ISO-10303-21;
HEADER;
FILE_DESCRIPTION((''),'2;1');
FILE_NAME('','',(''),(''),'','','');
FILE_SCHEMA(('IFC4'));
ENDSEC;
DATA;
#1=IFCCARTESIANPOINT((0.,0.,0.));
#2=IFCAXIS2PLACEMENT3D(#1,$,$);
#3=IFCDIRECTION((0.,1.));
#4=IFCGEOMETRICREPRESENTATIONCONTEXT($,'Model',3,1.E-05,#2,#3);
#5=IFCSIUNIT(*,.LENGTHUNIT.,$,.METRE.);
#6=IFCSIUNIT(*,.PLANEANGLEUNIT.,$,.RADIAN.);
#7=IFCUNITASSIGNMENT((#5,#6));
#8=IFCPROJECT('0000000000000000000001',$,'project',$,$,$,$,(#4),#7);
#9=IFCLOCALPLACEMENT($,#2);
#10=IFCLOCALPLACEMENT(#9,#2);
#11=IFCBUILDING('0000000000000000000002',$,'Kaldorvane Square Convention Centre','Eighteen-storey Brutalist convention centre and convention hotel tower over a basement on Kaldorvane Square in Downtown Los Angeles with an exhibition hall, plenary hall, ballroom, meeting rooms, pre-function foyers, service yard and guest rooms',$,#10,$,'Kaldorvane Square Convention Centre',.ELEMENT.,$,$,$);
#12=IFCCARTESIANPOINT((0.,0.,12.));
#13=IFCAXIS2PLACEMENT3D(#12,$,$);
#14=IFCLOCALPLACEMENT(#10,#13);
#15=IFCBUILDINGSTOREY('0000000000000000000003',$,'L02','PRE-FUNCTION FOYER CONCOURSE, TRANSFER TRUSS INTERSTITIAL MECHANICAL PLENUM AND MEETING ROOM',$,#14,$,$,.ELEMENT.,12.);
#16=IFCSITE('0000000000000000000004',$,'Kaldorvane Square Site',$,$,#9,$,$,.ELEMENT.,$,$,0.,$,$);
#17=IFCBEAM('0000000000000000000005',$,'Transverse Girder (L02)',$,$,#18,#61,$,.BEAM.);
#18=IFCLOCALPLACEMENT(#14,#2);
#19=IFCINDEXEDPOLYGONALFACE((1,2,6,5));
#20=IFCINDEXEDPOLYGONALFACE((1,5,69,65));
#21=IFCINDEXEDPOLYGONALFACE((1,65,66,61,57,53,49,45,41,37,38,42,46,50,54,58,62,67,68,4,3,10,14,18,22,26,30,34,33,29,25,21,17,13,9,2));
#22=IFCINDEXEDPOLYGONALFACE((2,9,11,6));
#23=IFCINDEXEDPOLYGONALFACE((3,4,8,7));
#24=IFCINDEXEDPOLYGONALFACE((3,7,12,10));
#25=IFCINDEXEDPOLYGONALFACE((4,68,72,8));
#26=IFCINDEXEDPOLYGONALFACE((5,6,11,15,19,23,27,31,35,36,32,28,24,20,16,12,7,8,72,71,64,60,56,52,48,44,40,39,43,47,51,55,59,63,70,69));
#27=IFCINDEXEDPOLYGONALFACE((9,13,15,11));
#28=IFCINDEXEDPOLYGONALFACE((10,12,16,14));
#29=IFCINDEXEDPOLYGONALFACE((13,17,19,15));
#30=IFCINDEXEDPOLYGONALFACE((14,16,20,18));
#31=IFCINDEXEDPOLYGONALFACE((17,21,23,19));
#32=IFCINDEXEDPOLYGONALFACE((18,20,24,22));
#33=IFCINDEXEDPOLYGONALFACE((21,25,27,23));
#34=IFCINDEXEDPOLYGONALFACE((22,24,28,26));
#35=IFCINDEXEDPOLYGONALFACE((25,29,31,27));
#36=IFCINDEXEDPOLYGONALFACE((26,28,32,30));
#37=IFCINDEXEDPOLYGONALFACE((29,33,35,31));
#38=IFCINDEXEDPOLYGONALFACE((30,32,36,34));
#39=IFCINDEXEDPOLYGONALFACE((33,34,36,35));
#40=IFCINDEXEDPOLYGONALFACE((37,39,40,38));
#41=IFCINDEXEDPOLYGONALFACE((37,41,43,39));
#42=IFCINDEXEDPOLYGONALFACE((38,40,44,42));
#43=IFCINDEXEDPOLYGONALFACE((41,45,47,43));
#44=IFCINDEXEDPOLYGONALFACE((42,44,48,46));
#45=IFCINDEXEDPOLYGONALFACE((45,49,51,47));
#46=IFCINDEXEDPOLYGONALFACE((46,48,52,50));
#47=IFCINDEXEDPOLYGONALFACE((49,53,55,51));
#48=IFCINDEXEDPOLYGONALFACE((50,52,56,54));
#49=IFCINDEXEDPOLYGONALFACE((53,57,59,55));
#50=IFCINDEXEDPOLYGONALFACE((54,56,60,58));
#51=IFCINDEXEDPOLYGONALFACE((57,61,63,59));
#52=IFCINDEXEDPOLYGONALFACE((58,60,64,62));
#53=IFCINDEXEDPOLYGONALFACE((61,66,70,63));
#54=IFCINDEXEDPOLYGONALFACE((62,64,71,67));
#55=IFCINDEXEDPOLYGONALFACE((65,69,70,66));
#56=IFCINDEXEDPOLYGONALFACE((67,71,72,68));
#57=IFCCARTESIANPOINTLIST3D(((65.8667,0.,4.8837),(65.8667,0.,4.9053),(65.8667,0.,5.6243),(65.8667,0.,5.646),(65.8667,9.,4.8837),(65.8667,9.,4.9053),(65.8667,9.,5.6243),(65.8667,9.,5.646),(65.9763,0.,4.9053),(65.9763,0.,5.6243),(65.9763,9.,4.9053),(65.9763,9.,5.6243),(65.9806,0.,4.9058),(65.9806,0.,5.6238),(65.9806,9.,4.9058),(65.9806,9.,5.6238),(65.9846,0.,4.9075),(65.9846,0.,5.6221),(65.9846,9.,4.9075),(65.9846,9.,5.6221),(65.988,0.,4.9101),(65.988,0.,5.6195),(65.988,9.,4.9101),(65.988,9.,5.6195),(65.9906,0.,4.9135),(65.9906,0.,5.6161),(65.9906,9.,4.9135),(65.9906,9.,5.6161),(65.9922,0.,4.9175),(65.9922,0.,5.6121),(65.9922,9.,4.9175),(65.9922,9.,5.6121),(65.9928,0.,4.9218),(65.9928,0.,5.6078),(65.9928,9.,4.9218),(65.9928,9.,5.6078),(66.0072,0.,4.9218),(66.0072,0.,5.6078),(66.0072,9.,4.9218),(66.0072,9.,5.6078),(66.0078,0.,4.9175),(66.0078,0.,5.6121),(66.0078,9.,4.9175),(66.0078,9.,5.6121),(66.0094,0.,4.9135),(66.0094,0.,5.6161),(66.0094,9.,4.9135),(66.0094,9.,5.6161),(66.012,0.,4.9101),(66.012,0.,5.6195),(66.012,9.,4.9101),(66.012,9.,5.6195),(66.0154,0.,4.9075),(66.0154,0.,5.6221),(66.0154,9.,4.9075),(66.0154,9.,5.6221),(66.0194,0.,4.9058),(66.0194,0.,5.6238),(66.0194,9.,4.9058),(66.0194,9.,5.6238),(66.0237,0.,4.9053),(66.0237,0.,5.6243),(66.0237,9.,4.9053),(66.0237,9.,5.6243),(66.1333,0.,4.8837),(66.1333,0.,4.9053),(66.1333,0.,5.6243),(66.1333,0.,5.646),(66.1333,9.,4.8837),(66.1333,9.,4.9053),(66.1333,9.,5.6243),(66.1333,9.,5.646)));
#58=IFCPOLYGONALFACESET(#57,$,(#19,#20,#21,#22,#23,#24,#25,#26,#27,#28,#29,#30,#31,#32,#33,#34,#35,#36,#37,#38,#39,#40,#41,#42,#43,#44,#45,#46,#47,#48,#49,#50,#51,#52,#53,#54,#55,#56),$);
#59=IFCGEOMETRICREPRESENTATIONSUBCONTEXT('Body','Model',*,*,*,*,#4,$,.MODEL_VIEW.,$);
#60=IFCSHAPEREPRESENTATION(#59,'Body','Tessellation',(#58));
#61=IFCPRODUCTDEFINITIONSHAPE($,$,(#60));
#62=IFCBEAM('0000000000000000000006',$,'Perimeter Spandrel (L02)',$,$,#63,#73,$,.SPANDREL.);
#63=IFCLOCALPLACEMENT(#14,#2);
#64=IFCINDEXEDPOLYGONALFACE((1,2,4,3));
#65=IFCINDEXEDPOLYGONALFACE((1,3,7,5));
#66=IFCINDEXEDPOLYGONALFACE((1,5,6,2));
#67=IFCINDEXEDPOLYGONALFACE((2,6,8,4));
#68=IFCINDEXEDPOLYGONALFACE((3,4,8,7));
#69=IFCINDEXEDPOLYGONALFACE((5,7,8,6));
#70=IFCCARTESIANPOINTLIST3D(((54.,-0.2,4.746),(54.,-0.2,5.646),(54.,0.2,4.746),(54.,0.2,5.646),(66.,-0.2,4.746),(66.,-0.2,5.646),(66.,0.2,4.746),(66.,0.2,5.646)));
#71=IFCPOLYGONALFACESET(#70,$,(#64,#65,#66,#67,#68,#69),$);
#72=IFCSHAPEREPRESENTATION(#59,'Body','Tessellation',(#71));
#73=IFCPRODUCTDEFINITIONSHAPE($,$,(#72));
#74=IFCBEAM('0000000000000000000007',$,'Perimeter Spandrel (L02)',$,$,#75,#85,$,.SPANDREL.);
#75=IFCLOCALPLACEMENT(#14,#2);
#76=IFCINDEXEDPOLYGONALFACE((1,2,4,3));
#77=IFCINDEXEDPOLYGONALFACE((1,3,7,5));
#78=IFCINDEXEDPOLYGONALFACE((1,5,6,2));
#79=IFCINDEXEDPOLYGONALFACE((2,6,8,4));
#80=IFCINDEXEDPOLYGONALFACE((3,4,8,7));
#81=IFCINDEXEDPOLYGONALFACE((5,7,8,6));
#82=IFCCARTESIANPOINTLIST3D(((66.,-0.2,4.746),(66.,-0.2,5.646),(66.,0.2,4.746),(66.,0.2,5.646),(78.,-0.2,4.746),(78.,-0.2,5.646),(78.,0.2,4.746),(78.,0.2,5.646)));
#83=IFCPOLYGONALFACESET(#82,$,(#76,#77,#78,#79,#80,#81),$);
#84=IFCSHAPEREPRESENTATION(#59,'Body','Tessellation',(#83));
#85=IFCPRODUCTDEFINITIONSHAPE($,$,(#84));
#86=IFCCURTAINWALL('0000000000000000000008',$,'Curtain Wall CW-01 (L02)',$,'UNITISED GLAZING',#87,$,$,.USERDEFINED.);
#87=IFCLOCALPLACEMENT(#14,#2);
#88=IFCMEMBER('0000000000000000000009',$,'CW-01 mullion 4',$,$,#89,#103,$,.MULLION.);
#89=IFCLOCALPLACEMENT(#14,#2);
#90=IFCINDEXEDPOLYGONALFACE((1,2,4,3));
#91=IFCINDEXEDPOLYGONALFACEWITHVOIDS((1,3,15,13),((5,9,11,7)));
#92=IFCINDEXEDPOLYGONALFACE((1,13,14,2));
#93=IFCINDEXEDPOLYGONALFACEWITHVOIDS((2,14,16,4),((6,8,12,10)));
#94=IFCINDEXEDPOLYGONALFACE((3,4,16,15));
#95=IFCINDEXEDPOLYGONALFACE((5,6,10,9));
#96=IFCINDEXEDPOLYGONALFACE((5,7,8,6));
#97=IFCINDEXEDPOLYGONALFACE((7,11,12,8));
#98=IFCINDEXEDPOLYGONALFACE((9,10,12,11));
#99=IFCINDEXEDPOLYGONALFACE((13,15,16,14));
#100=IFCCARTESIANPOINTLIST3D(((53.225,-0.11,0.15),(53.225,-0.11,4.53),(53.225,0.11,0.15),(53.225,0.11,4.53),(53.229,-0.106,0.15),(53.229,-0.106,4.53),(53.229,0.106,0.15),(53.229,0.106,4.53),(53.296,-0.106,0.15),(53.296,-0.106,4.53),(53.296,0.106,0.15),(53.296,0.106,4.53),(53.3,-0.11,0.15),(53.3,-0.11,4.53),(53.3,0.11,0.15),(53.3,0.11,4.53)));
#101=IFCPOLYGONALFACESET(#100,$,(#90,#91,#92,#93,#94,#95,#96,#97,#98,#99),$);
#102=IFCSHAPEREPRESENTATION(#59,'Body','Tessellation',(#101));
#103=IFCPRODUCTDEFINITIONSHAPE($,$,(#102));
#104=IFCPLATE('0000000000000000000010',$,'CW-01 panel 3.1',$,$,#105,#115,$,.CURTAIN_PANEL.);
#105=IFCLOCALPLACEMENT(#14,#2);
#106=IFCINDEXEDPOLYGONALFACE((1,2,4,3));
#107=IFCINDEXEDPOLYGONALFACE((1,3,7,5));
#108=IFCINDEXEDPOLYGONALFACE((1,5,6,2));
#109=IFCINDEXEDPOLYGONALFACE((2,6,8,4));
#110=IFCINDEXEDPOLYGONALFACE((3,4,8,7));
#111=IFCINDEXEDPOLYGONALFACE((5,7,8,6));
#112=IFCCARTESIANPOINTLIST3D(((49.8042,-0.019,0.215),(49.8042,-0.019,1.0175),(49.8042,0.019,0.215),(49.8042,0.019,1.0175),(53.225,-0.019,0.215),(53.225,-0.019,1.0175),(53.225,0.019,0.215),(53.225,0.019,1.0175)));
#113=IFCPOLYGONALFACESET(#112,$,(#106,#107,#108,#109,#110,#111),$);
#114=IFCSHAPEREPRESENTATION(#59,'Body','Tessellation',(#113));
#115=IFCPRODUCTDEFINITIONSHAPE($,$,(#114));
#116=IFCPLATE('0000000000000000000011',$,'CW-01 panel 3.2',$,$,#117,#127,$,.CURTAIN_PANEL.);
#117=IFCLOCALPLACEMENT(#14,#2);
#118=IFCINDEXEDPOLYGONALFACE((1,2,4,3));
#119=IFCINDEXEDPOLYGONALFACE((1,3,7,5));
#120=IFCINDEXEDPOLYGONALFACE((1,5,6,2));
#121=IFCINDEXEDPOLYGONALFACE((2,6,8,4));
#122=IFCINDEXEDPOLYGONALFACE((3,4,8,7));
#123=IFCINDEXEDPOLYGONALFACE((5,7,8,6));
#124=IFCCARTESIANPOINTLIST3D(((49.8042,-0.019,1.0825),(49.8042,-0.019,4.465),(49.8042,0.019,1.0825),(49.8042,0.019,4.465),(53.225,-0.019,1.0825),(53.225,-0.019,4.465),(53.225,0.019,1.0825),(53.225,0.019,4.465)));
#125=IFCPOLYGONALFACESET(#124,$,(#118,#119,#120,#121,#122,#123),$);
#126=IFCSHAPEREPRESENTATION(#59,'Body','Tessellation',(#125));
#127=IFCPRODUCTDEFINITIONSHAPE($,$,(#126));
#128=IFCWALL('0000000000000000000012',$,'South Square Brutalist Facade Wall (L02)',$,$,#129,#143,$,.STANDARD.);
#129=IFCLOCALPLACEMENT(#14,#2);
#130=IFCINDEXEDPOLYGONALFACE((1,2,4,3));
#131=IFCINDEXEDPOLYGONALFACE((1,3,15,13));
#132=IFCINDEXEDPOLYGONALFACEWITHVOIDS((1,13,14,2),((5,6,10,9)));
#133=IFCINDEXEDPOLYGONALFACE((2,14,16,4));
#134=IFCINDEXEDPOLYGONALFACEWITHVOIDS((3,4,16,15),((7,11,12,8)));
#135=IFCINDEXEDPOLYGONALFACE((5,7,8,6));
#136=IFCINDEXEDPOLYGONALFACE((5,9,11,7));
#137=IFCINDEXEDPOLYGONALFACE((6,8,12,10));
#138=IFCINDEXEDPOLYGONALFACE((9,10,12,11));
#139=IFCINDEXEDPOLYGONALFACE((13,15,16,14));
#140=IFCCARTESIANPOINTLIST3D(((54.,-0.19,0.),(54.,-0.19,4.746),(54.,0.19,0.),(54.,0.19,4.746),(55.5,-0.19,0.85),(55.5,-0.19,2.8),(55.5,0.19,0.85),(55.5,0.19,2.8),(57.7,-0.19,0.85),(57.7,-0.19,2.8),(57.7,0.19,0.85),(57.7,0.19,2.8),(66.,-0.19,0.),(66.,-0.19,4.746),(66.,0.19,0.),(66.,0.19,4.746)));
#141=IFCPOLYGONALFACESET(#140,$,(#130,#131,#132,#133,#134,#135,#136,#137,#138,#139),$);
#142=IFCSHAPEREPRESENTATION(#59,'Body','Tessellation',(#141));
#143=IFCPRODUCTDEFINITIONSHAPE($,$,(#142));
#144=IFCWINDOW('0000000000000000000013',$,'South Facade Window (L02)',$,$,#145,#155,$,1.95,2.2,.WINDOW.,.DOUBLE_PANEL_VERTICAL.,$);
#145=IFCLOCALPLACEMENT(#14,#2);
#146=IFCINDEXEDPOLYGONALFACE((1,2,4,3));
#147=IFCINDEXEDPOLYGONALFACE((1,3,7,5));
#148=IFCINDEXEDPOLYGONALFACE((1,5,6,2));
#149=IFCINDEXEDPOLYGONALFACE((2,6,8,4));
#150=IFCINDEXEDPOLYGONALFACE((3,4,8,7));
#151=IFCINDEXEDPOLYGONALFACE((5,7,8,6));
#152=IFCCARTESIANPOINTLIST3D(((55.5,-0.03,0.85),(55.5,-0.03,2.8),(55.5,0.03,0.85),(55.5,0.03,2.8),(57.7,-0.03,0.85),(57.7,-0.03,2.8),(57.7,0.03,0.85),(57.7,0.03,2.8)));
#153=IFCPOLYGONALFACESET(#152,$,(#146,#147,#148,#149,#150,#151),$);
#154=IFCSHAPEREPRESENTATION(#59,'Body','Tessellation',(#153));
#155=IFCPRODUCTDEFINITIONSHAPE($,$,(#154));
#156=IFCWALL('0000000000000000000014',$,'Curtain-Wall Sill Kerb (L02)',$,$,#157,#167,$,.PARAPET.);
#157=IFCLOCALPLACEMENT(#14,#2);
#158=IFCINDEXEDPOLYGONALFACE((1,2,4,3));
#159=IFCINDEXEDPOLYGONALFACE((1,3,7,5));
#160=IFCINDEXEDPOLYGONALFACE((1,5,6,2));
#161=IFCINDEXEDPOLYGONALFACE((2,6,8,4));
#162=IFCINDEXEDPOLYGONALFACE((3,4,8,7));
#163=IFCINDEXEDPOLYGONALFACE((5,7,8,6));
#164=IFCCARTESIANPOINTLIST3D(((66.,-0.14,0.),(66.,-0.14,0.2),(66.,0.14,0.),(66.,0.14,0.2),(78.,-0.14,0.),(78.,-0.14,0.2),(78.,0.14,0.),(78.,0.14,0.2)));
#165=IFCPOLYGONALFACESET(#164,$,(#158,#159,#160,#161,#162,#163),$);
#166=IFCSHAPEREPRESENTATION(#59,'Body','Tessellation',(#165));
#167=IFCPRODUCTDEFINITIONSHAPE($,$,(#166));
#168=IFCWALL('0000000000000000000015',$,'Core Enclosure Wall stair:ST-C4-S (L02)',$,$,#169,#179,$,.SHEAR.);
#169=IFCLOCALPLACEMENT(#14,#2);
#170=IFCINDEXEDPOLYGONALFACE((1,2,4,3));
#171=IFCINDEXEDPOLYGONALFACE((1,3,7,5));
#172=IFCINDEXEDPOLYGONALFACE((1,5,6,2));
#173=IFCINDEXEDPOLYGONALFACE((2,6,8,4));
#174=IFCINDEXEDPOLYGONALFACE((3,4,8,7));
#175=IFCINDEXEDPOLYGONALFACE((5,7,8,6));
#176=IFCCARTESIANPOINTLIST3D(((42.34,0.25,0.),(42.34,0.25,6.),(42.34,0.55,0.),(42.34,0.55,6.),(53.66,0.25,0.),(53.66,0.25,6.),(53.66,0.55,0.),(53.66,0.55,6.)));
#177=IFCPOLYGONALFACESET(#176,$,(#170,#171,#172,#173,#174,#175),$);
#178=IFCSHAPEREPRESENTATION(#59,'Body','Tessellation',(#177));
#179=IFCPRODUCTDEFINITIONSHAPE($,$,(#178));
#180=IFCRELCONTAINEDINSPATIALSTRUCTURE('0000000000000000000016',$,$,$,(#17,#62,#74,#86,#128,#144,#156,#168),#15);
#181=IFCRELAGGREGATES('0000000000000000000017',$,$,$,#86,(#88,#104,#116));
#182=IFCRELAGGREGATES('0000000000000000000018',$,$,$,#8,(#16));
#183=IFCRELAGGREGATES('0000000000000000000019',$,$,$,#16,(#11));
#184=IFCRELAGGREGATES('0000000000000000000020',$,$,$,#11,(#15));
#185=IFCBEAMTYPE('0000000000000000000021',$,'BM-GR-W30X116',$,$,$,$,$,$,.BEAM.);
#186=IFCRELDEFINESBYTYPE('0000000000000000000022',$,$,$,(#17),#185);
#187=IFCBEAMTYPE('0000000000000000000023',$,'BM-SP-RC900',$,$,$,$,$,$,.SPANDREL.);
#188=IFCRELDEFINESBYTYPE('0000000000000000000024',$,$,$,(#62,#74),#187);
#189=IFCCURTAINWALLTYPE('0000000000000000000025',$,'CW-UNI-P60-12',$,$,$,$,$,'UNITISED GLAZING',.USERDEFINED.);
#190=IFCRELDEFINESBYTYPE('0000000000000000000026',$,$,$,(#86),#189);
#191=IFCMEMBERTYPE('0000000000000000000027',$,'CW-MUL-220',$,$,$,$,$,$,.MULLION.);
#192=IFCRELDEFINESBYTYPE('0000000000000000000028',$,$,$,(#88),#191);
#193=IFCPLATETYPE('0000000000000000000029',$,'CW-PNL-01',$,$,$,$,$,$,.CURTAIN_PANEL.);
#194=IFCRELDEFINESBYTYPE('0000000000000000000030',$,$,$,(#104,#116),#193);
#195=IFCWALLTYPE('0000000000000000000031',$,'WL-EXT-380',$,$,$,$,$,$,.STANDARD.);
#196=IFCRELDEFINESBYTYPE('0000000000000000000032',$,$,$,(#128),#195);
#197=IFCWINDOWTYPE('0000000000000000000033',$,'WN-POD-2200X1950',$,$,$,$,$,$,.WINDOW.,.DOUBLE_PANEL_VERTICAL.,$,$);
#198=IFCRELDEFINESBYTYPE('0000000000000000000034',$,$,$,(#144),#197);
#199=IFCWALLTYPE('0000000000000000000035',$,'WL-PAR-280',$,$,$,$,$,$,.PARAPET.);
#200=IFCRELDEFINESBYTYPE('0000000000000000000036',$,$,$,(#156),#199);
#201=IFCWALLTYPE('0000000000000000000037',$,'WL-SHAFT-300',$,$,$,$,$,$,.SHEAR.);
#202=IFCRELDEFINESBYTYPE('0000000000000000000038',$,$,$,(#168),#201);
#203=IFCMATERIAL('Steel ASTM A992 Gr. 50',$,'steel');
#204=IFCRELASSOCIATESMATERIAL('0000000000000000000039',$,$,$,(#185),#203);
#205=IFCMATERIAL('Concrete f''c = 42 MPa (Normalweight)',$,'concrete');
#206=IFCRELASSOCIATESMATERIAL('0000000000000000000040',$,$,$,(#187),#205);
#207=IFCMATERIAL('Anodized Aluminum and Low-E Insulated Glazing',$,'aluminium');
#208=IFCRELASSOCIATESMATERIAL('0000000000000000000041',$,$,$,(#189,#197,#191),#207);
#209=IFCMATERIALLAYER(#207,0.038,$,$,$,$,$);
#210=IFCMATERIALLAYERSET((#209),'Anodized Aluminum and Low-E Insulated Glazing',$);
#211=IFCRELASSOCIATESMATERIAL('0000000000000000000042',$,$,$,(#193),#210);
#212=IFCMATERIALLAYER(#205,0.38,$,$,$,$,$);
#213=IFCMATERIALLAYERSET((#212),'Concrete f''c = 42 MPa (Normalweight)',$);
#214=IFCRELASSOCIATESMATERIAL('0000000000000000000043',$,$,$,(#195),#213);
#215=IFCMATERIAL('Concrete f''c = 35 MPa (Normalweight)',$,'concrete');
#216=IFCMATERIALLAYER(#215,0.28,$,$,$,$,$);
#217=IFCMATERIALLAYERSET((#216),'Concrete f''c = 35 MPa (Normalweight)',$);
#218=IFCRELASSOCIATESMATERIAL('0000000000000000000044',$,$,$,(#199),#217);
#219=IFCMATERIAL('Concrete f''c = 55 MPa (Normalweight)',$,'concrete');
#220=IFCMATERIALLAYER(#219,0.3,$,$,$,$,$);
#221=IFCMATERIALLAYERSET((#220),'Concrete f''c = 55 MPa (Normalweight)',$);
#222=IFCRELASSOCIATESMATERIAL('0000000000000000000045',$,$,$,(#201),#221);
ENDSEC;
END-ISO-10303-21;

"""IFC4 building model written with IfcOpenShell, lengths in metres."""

from ifc_helpers import new_model, si_unit, direction, frame, frame_2d, origin, origin_2d, place, context, subcontext, project, spatial, rectangle, hollow_rectangle, i_section, extrude, material, layer, layer_set, material_profile, profile_set, type_object, element, fill, aggregate, save


model = new_model("IFC4")

# Units and contexts
model_context = context("Model", 3, precision=1e-05, world=origin(), true_north=direction((0.0, 1.0)))
body_context = subcontext(model_context, "Body", "Model", "MODEL_VIEW")
ifc_project = project(units=[si_unit("LENGTHUNIT", "METRE"), si_unit("PLANEANGLEUNIT", "RADIAN")], contexts=[model_context])

# Site, building, storey
site_placement = place(None, origin())
site = spatial("IfcSite", under=ifc_project, at=site_placement, Name="Kaldorvane Square Site", CompositionType="ELEMENT", RefElevation=0.0)
building_placement = place(site_placement, origin())
building = spatial("IfcBuilding", under=site, at=building_placement, Name="Kaldorvane Square Convention Centre", Description="Eighteen-storey Brutalist convention centre and convention hotel tower over a basement on Kaldorvane Square in Downtown Los Angeles with an exhibition hall, plenary hall, ballroom, meeting rooms, pre-function foyers, service yard and guest rooms", LongName="Kaldorvane Square Convention Centre", CompositionType="ELEMENT")
storey_placement = place(building_placement, frame((0.0, 0.0, 12.0)))
storey = spatial("IfcBuildingStorey", under=building, at=storey_placement, Name="L02", Description="PRE-FUNCTION FOYER CONCOURSE, TRANSFER TRUSS INTERSTITIAL MECHANICAL PLENUM AND MEETING ROOM", CompositionType="ELEMENT", Elevation=12.0)

# Shared definitions
ifc_material_1 = material(Name="Steel ASTM A992 Gr. 50", Category="steel")
ifc_material_2 = material(Name="Concrete f'c = 55 MPa (Normalweight)", Category="concrete")

# Beams
ifc_material_profile_1 = material_profile(ifc_material_1, i_section(OverallWidth=0.2666, OverallDepth=0.7623, WebThickness=0.0144, FlangeThickness=0.0216, FilletRadius=0.0165, at=origin_2d()), Name="W30X116")
ifc_profile_set_1 = profile_set([ifc_material_profile_1], Name="Steel ASTM A992 Gr. 50")
beam_type_1 = type_object("IfcBeamType", Name="BM-GR-W30X116", PredefinedType="BEAM", material=ifc_profile_set_1)
for number, where, z_axis, x_axis, name in (
    (1, (66.0, 0.0, 5.2648), (0.0, 1.0, 0.0), (-1.0, 0.0, 0.0), "Transverse Girder (L02)"),
):
    element("IfcBeam", number, at=place(storey_placement, frame(where, z_axis=z_axis, x_axis=x_axis)), inside=storey, type_object=beam_type_1, Name=name, PredefinedType="BEAM", context=body_context, shape_type="SweptSolid", body=[
        extrude(i_section(OverallWidth=0.2666, OverallDepth=0.7623, WebThickness=0.0144, FlangeThickness=0.0216, FilletRadius=0.0165, at=origin_2d()), origin(), (0.0, 0.0, 1.0), 9.0),
    ])
ifc_material_3 = material(Name="Concrete f'c = 42 MPa (Normalweight)", Category="concrete")
ifc_material_profile_2 = material_profile(ifc_material_3, rectangle(XDim=0.4, YDim=0.9, at=origin_2d()), Name="RCSP900X400")
ifc_profile_set_2 = profile_set([ifc_material_profile_2], Name="Concrete f'c = 42 MPa (Normalweight)")
beam_type_2 = type_object("IfcBeamType", Name="BM-SP-RC900", PredefinedType="SPANDREL", material=ifc_profile_set_2)
for number, where, z_axis, x_axis, name in (
    (2, (54.0, 0.0, 5.196), (1.0, 0.0, 0.0), (0.0, 1.0, 0.0), "Perimeter Spandrel (L02)"),
    (3, (66.0, 0.0, 5.196), (1.0, 0.0, 0.0), (0.0, 1.0, 0.0), "Perimeter Spandrel (L02)"),
):
    element("IfcBeam", number, at=place(storey_placement, frame(where, z_axis=z_axis, x_axis=x_axis)), inside=storey, type_object=beam_type_2, Name=name, PredefinedType="SPANDREL", context=body_context, shape_type="SweptSolid", body=[
        extrude(rectangle(XDim=0.4, YDim=0.9, at=origin_2d()), origin(), (0.0, 0.0, 1.0), 12.0),
    ])

# Curtain wall, member, plates
ifc_material_4 = material(Name="Anodized Aluminum and Low-E Insulated Glazing", Category="aluminium")
curtain_wall_type = type_object("IfcCurtainWallType", Name="CW-UNI-P60-12", ElementType="UNITISED GLAZING", PredefinedType="USERDEFINED", material=ifc_material_4)
curtain_wall_placement = place(storey_placement, origin())
curtain_wall = element("IfcCurtainWall", 4, at=curtain_wall_placement, inside=storey, type_object=curtain_wall_type, Name="Curtain Wall CW-01 (L02)", ObjectType="UNITISED GLAZING", PredefinedType="USERDEFINED")
ifc_material_profile_3 = material_profile(ifc_material_4, hollow_rectangle(XDim=0.075, YDim=0.22, WallThickness=0.004, at=origin_2d()), Name="CWM-220X75")
ifc_profile_set_3 = profile_set([ifc_material_profile_3], Name="Anodized Aluminum and Low-E Insulated Glazing")
member_type = type_object("IfcMemberType", Name="CW-MUL-220", PredefinedType="MULLION", material=ifc_profile_set_3)
member_placement = place(storey_placement, frame((53.2625, 0.0, 0.15), z_axis=(0.0, 0.0, 1.0), x_axis=(1.0, 0.0, 0.0)))
member = element("IfcMember", 5, at=member_placement, type_object=member_type, Name="CW-01 mullion 4", PredefinedType="MULLION", context=body_context, shape_type="SweptSolid", body=[
    extrude(hollow_rectangle(XDim=0.075, YDim=0.22, WallThickness=0.004, at=origin_2d()), origin(), (0.0, 0.0, 1.0), 4.38),
])
ifc_layer_1 = layer(ifc_material_4, 0.038)
ifc_layer_set_1 = layer_set([ifc_layer_1], Name="Anodized Aluminum and Low-E Insulated Glazing")
plate_type = type_object("IfcPlateType", Name="CW-PNL-01", PredefinedType="CURTAIN_PANEL", material=ifc_layer_set_1)
plate_1_placement = place(storey_placement, frame((51.5146, 0.0, 0.215), z_axis=(0.0, 0.0, 1.0), x_axis=(1.0, 0.0, 0.0)))
plate_1 = element("IfcPlate", 6, at=plate_1_placement, type_object=plate_type, Name="CW-01 panel 3.1", PredefinedType="CURTAIN_PANEL", context=body_context, shape_type="SweptSolid", body=[
    extrude(rectangle(XDim=3.4208, YDim=0.038, at=origin_2d()), origin(), (0.0, 0.0, 1.0), 0.8025),
])
plate_2_placement = place(storey_placement, frame((51.5146, 0.0, 1.0825), z_axis=(0.0, 0.0, 1.0), x_axis=(1.0, 0.0, 0.0)))
plate_2 = element("IfcPlate", 7, at=plate_2_placement, type_object=plate_type, Name="CW-01 panel 3.2", PredefinedType="CURTAIN_PANEL", context=body_context, shape_type="SweptSolid", body=[
    extrude(rectangle(XDim=3.4208, YDim=0.038, at=origin_2d()), origin(), (0.0, 0.0, 1.0), 3.3825),
])
aggregate(curtain_wall, [member, plate_1, plate_2])

# Wall, opening, window
ifc_layer_2 = layer(ifc_material_3, 0.38)
ifc_layer_set_2 = layer_set([ifc_layer_2], Name="Concrete f'c = 42 MPa (Normalweight)")
wall_type_1 = type_object("IfcWallType", Name="WL-EXT-380", PredefinedType="STANDARD", material=ifc_layer_set_2)
wall_1_placement = place(storey_placement, frame((54.0, 0.0, 0.0), z_axis=(0.0, 0.0, 1.0), x_axis=(1.0, 0.0, 0.0)))
wall_1 = element("IfcWall", 8, at=wall_1_placement, inside=storey, type_object=wall_type_1, Name="South Square Brutalist Facade Wall (L02)", PredefinedType="STANDARD", context=body_context, shape_type="SweptSolid", body=[
    extrude(rectangle(XDim=12.0, YDim=0.38, at=frame_2d((6.0, 0.0))), origin(), (0.0, 0.0, 1.0), 4.746),
])
opening_1_placement = place(wall_1_placement, frame((1.5, 0.0, 0.85)))
opening_1 = element("IfcOpeningElement", 9, at=opening_1_placement, cuts=wall_1, PredefinedType="OPENING", context=body_context, shape_type="SweptSolid", body=[
    extrude(rectangle(XDim=2.2, YDim=1.95, at=frame_2d((1.1, 0.975))), frame((0.0, 0.205, 0.0), z_axis=(0.0, -1.0, 0.0), x_axis=(1.0, 0.0, 0.0)), (0.0, 0.0, 1.0), 0.41),
])
window_type = type_object("IfcWindowType", Name="WN-POD-2200X1950", PartitioningType="DOUBLE_PANEL_VERTICAL", PredefinedType="WINDOW", material=ifc_material_4)
window_placement = place(opening_1_placement, origin())
window = element("IfcWindow", 10, at=window_placement, inside=storey, type_object=window_type, Name="South Facade Window (L02)", OverallHeight=1.95, OverallWidth=2.2, PartitioningType="DOUBLE_PANEL_VERTICAL", PredefinedType="WINDOW", context=body_context, shape_type="SweptSolid", body=[
    extrude(rectangle(XDim=2.2, YDim=1.95, at=frame_2d((1.1, 0.975))), frame((0.0, 0.03, 0.0), z_axis=(0.0, -1.0, 0.0), x_axis=(1.0, 0.0, 0.0)), (0.0, 0.0, 1.0), 0.06),
])
fill(opening_1, window)

# Walls
ifc_material_5 = material(Name="Concrete f'c = 35 MPa (Normalweight)", Category="concrete")
ifc_layer_3 = layer(ifc_material_5, 0.28)
ifc_layer_set_3 = layer_set([ifc_layer_3], Name="Concrete f'c = 35 MPa (Normalweight)")
wall_type_2 = type_object("IfcWallType", Name="WL-PAR-280", PredefinedType="PARAPET", material=ifc_layer_set_3)
wall_2_placement = place(storey_placement, frame((66.0, 0.0, 0.0), z_axis=(0.0, 0.0, 1.0), x_axis=(1.0, 0.0, 0.0)))
element("IfcWall", 11, at=wall_2_placement, inside=storey, type_object=wall_type_2, Name="Curtain-Wall Sill Kerb (L02)", PredefinedType="PARAPET", context=body_context, shape_type="SweptSolid", body=[
    extrude(rectangle(XDim=12.0, YDim=0.28, at=frame_2d((6.0, 0.0))), origin(), (0.0, 0.0, 1.0), 0.2),
])
ifc_layer_4 = layer(ifc_material_2, 0.3)
ifc_layer_set_4 = layer_set([ifc_layer_4], Name="Concrete f'c = 55 MPa (Normalweight)")
wall_type_3 = type_object("IfcWallType", Name="WL-SHAFT-300", PredefinedType="SHEAR", material=ifc_layer_set_4)
wall_3_placement = place(storey_placement, frame((53.66, 0.4, 0.0), z_axis=(0.0, 0.0, 1.0), x_axis=(-1.0, 0.0, 0.0)))
element("IfcWall", 12, at=wall_3_placement, inside=storey, type_object=wall_type_3, Name="Core Enclosure Wall stair:ST-C4-S (L02)", PredefinedType="SHEAR", context=body_context, shape_type="SweptSolid", body=[
    extrude(rectangle(XDim=11.32, YDim=0.3, at=frame_2d((5.66, 0.0))), origin(), (0.0, 0.0, 1.0), 6.0),
])

save(model, "model.ifc")
